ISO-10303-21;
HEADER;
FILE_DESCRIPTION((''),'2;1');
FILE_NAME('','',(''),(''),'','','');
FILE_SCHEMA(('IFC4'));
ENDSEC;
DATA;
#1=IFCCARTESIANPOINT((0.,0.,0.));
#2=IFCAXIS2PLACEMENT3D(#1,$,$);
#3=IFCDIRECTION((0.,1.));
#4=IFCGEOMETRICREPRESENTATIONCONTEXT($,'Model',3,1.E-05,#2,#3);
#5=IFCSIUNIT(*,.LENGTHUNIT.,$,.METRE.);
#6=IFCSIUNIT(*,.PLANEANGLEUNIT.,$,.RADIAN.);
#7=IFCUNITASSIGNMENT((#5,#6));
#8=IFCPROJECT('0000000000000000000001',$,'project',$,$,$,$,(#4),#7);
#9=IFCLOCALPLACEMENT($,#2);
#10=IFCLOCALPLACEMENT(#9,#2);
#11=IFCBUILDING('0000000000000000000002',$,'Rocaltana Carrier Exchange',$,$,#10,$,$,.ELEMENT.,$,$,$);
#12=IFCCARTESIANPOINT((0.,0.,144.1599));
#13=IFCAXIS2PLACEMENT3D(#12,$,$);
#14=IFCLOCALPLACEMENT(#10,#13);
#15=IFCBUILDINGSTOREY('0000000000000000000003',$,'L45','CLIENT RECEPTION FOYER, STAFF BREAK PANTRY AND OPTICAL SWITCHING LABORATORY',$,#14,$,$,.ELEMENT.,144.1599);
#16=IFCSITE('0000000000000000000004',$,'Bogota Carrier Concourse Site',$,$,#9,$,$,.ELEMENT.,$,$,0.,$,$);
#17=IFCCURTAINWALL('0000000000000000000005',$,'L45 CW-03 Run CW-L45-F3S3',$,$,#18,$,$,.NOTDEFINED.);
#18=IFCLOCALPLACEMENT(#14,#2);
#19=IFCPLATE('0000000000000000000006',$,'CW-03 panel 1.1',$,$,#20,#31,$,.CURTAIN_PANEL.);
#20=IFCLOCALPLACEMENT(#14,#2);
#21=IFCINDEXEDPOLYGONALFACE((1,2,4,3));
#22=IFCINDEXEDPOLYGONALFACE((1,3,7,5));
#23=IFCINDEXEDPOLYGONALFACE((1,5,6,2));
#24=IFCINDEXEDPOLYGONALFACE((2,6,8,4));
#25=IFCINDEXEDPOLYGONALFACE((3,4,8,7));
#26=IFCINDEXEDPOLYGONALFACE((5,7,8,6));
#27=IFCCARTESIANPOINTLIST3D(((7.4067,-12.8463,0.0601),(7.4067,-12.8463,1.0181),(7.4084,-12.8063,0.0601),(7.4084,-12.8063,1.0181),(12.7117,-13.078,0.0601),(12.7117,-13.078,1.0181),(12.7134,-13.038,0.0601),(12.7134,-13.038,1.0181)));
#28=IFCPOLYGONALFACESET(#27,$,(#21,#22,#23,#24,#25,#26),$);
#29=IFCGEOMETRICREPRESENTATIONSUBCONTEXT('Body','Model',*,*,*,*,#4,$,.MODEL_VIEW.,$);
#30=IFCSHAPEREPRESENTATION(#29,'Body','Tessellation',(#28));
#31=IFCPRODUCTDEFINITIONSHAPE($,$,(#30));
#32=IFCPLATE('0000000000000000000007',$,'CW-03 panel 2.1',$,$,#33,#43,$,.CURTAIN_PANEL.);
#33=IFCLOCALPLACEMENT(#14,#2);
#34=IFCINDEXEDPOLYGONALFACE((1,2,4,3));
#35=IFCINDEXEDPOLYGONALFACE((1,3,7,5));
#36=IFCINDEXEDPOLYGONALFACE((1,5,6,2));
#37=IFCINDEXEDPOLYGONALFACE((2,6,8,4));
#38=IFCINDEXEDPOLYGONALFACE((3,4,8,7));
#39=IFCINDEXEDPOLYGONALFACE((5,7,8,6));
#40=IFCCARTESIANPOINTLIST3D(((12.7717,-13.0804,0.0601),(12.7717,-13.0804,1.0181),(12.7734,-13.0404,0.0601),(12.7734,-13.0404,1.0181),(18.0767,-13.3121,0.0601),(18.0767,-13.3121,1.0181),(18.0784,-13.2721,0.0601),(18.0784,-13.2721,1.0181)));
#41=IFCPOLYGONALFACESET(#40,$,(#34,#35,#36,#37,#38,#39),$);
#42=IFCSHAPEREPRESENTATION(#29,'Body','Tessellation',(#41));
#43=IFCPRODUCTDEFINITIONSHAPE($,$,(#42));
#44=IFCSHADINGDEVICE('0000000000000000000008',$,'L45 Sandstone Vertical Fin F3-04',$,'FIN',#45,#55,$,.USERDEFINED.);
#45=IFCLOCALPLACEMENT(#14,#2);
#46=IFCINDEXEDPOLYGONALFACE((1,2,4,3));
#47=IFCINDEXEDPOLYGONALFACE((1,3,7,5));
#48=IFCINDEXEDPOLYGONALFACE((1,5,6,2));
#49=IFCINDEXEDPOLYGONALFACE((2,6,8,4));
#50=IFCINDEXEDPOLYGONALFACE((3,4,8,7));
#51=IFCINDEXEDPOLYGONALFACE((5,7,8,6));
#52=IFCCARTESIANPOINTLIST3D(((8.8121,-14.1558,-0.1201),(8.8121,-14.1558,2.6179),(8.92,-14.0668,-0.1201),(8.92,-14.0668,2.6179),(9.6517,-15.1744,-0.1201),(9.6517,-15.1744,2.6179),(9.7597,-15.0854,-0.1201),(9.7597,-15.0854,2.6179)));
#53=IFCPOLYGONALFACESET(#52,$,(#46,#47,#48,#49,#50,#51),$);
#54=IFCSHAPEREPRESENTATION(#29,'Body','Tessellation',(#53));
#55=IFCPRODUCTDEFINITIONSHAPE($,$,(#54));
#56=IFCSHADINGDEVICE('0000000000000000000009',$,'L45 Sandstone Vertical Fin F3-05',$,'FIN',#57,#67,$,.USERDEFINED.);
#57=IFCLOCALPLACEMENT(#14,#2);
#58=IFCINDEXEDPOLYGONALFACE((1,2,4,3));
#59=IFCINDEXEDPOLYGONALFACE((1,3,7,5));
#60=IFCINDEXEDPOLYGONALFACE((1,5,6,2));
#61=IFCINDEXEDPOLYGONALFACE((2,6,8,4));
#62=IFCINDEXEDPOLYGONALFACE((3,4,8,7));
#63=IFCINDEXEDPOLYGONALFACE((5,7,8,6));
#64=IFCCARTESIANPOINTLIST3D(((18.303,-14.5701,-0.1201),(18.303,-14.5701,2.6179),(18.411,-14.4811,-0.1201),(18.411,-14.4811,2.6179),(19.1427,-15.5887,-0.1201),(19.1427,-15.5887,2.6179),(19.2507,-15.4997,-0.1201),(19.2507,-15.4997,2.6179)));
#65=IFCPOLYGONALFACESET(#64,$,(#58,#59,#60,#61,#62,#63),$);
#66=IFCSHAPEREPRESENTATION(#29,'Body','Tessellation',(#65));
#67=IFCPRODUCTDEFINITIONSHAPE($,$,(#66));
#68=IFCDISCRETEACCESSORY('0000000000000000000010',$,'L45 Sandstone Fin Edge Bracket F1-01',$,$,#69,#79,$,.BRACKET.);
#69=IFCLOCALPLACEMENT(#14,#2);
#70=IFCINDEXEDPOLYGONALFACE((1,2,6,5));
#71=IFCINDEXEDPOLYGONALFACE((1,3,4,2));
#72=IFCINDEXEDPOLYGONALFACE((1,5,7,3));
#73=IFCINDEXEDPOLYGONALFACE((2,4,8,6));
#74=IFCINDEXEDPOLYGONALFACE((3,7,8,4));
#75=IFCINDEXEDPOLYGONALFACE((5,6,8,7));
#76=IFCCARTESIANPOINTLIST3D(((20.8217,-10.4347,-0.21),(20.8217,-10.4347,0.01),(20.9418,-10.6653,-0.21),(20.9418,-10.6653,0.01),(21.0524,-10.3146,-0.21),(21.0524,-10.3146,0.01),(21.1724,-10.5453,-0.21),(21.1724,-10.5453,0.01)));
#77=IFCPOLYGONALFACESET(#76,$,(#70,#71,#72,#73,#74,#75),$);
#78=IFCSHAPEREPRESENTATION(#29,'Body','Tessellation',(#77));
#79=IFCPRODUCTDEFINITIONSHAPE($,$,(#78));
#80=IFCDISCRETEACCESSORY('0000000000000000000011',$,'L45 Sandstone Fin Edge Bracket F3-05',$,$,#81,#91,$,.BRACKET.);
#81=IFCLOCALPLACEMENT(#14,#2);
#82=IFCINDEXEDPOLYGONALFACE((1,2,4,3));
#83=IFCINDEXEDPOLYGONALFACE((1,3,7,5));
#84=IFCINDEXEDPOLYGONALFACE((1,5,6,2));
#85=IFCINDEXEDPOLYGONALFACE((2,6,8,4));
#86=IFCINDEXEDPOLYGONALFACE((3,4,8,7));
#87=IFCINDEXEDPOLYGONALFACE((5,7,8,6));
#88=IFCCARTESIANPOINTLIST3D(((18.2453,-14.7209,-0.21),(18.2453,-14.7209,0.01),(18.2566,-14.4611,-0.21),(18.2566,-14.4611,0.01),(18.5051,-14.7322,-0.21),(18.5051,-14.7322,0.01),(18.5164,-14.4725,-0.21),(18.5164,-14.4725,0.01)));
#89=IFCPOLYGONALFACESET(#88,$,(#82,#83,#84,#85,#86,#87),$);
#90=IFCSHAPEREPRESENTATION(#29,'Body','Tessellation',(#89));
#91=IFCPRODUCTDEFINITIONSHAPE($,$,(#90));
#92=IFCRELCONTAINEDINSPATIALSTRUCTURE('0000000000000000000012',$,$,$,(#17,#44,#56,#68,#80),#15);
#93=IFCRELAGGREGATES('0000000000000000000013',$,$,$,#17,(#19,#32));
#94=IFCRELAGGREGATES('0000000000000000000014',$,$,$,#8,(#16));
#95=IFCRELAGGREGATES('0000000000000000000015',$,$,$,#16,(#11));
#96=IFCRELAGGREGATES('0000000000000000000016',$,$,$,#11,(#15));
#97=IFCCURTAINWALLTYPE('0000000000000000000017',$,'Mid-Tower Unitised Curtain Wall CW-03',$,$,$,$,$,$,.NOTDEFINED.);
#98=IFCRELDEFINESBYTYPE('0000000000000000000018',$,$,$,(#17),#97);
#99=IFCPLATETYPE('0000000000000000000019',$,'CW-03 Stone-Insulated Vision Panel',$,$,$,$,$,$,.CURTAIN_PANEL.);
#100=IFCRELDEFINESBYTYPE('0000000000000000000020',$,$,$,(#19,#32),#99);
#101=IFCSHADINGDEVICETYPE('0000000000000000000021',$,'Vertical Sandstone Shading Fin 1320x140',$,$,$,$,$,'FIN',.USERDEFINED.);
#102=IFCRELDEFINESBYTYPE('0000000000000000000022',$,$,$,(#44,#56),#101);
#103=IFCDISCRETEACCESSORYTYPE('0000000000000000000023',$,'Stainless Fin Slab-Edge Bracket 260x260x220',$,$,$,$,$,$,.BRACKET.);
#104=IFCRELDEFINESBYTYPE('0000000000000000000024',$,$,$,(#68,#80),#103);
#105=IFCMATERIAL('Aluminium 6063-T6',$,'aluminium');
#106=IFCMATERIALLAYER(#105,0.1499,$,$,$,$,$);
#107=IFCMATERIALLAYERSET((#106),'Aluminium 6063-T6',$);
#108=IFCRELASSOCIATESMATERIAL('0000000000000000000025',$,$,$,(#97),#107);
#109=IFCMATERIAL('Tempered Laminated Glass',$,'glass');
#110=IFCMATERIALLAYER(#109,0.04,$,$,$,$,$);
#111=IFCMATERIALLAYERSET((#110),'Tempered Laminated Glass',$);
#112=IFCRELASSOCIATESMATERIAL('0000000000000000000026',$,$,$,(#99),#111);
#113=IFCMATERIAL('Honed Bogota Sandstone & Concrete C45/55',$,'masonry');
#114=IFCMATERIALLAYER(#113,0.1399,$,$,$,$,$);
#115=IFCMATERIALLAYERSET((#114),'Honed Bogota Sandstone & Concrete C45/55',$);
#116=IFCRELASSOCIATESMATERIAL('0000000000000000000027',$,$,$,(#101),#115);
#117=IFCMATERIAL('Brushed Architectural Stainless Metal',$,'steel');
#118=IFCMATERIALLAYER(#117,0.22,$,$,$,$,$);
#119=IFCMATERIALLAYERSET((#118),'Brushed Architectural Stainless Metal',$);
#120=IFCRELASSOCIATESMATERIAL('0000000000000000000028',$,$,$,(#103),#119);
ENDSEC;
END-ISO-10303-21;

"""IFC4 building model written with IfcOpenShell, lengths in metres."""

from ifc_helpers import new_model, si_unit, direction, frame, origin, origin_2d, place, context, subcontext, project, spatial, rectangle, extrude, material, layer, layer_set, type_object, element, aggregate, save


model = new_model("IFC4")

# Units and contexts
model_context = context("Model", 3, precision=1e-05, world=origin(), true_north=direction((0.0, 1.0)))
body_context = subcontext(model_context, "Body", "Model", "MODEL_VIEW")
ifc_project = project(units=[si_unit("LENGTHUNIT", "METRE"), si_unit("PLANEANGLEUNIT", "RADIAN")], contexts=[model_context])

# Site, building, storey
site_placement = place(None, origin())
site = spatial("IfcSite", under=ifc_project, at=site_placement, Name="Bogota Carrier Concourse Site", CompositionType="ELEMENT", RefElevation=0.0)
building_placement = place(site_placement, origin())
building = spatial("IfcBuilding", under=site, at=building_placement, Name="Rocaltana Carrier Exchange", CompositionType="ELEMENT")
storey_placement = place(building_placement, frame((0.0, 0.0, 144.1599)))
storey = spatial("IfcBuildingStorey", under=building, at=storey_placement, Name="L45", Description="CLIENT RECEPTION FOYER, STAFF BREAK PANTRY AND OPTICAL SWITCHING LABORATORY", CompositionType="ELEMENT", Elevation=144.1599)

# Shared definitions
ifc_material_1 = material(Name="Aluminium 6063-T6", Category="aluminium")
ifc_layer_1 = layer(ifc_material_1, 0.1499)
ifc_layer_set_1 = layer_set([ifc_layer_1], Name="Aluminium 6063-T6")
curtain_wall_type = type_object("IfcCurtainWallType", Name="Mid-Tower Unitised Curtain Wall CW-03", PredefinedType="NOTDEFINED", material=ifc_layer_set_1)

# Curtain wall
curtain_wall_1_placement = place(storey_placement, origin())
curtain_wall_1 = element("IfcCurtainWall", 1, at=curtain_wall_1_placement, inside=storey, type_object=curtain_wall_type, Name="L45 CW-03 Run CW-L45-F3S3", PredefinedType="NOTDEFINED")

# Plates
ifc_material_2 = material(Name="Tempered Laminated Glass", Category="glass")
ifc_layer_2 = layer(ifc_material_2, 0.04)
ifc_layer_set_2 = layer_set([ifc_layer_2], Name="Tempered Laminated Glass")
plate_type = type_object("IfcPlateType", Name="CW-03 Stone-Insulated Vision Panel", PredefinedType="CURTAIN_PANEL", material=ifc_layer_set_2)
plate_1_placement = place(storey_placement, frame((10.0601, -12.9421, 0.0601), z_axis=(0.0, 0.0, 1.0), x_axis=(0.999048, -0.043629, 0.0)))
plate_1 = element("IfcPlate", 2, at=plate_1_placement, type_object=plate_type, Name="CW-03 panel 1.1", PredefinedType="CURTAIN_PANEL", context=body_context, shape_type="SweptSolid", body=[
    extrude(rectangle(XDim=5.3101, YDim=0.04, at=origin_2d()), origin(), (0.0, 0.0, 1.0), 0.958),
])
plate_2_placement = place(storey_placement, frame((15.425, -13.1763, 0.0601), z_axis=(0.0, 0.0, 1.0), x_axis=(0.999048, -0.043629, 0.0)))
plate_2 = element("IfcPlate", 3, at=plate_2_placement, type_object=plate_type, Name="CW-03 panel 2.1", PredefinedType="CURTAIN_PANEL", context=body_context, shape_type="SweptSolid", body=[
    extrude(rectangle(XDim=5.3101, YDim=0.04, at=origin_2d()), origin(), (0.0, 0.0, 1.0), 0.958),
])
aggregate(curtain_wall_1, [plate_1, plate_2])

# Shading devices
ifc_material_3 = material(Name="Honed Bogota Sandstone & Concrete C45/55", Category="masonry")
ifc_layer_3 = layer(ifc_material_3, 0.1399)
ifc_layer_set_3 = layer_set([ifc_layer_3], Name="Honed Bogota Sandstone & Concrete C45/55")
shading_device_type = type_object("IfcShadingDeviceType", Name="Vertical Sandstone Shading Fin 1320x140", ElementType="FIN", PredefinedType="USERDEFINED", material=ifc_layer_set_3)
for number, where, z_axis, x_axis, name in (
    (4, (9.2859, -14.6206, -0.1201), (0.0, 0.0, 1.0), (0.636078, -0.771625, 0.0), "L45 Sandstone Vertical Fin F3-04"),
    (5, (18.7769, -15.0349, -0.1201), (0.0, 0.0, 1.0), (0.636078, -0.771625, 0.0), "L45 Sandstone Vertical Fin F3-05"),
):
    element("IfcShadingDevice", number, at=place(storey_placement, frame(where, z_axis=z_axis, x_axis=x_axis)), inside=storey, type_object=shading_device_type, Name=name, ObjectType="FIN", PredefinedType="USERDEFINED", context=body_context, shape_type="SweptSolid", body=[
        extrude(rectangle(XDim=1.3201, YDim=0.1399, at=origin_2d()), origin(), (0.0, 0.0, 1.0), 2.738),
    ])

# Discrete accessories
ifc_material_4 = material(Name="Brushed Architectural Stainless Metal", Category="steel")
ifc_layer_4 = layer(ifc_material_4, 0.22)
ifc_layer_set_4 = layer_set([ifc_layer_4], Name="Brushed Architectural Stainless Metal")
discrete_accessory_type = type_object("IfcDiscreteAccessoryType", Name="Stainless Fin Slab-Edge Bracket 260x260x220", PredefinedType="BRACKET", material=ifc_layer_set_4)
for number, where, z_axis, x_axis, name in (
    (6, (20.9971, -10.49, -0.21), (0.0, 0.0, 1.0), (-0.461749, 0.887011, 0.0), "L45 Sandstone Fin Edge Bracket F1-01"),
    (7, (18.3809, -14.5967, -0.21), (0.0, 0.0, 1.0), (0.999048, -0.043619, 0.0), "L45 Sandstone Fin Edge Bracket F3-05"),
):
    element("IfcDiscreteAccessory", number, at=place(storey_placement, frame(where, z_axis=z_axis, x_axis=x_axis)), inside=storey, type_object=discrete_accessory_type, Name=name, PredefinedType="BRACKET", context=body_context, shape_type="SweptSolid", body=[
        extrude(rectangle(XDim=0.26, YDim=0.26, at=origin_2d()), origin(), (0.0, 0.0, 1.0), 0.22),
    ])

save(model, "model.ifc")
